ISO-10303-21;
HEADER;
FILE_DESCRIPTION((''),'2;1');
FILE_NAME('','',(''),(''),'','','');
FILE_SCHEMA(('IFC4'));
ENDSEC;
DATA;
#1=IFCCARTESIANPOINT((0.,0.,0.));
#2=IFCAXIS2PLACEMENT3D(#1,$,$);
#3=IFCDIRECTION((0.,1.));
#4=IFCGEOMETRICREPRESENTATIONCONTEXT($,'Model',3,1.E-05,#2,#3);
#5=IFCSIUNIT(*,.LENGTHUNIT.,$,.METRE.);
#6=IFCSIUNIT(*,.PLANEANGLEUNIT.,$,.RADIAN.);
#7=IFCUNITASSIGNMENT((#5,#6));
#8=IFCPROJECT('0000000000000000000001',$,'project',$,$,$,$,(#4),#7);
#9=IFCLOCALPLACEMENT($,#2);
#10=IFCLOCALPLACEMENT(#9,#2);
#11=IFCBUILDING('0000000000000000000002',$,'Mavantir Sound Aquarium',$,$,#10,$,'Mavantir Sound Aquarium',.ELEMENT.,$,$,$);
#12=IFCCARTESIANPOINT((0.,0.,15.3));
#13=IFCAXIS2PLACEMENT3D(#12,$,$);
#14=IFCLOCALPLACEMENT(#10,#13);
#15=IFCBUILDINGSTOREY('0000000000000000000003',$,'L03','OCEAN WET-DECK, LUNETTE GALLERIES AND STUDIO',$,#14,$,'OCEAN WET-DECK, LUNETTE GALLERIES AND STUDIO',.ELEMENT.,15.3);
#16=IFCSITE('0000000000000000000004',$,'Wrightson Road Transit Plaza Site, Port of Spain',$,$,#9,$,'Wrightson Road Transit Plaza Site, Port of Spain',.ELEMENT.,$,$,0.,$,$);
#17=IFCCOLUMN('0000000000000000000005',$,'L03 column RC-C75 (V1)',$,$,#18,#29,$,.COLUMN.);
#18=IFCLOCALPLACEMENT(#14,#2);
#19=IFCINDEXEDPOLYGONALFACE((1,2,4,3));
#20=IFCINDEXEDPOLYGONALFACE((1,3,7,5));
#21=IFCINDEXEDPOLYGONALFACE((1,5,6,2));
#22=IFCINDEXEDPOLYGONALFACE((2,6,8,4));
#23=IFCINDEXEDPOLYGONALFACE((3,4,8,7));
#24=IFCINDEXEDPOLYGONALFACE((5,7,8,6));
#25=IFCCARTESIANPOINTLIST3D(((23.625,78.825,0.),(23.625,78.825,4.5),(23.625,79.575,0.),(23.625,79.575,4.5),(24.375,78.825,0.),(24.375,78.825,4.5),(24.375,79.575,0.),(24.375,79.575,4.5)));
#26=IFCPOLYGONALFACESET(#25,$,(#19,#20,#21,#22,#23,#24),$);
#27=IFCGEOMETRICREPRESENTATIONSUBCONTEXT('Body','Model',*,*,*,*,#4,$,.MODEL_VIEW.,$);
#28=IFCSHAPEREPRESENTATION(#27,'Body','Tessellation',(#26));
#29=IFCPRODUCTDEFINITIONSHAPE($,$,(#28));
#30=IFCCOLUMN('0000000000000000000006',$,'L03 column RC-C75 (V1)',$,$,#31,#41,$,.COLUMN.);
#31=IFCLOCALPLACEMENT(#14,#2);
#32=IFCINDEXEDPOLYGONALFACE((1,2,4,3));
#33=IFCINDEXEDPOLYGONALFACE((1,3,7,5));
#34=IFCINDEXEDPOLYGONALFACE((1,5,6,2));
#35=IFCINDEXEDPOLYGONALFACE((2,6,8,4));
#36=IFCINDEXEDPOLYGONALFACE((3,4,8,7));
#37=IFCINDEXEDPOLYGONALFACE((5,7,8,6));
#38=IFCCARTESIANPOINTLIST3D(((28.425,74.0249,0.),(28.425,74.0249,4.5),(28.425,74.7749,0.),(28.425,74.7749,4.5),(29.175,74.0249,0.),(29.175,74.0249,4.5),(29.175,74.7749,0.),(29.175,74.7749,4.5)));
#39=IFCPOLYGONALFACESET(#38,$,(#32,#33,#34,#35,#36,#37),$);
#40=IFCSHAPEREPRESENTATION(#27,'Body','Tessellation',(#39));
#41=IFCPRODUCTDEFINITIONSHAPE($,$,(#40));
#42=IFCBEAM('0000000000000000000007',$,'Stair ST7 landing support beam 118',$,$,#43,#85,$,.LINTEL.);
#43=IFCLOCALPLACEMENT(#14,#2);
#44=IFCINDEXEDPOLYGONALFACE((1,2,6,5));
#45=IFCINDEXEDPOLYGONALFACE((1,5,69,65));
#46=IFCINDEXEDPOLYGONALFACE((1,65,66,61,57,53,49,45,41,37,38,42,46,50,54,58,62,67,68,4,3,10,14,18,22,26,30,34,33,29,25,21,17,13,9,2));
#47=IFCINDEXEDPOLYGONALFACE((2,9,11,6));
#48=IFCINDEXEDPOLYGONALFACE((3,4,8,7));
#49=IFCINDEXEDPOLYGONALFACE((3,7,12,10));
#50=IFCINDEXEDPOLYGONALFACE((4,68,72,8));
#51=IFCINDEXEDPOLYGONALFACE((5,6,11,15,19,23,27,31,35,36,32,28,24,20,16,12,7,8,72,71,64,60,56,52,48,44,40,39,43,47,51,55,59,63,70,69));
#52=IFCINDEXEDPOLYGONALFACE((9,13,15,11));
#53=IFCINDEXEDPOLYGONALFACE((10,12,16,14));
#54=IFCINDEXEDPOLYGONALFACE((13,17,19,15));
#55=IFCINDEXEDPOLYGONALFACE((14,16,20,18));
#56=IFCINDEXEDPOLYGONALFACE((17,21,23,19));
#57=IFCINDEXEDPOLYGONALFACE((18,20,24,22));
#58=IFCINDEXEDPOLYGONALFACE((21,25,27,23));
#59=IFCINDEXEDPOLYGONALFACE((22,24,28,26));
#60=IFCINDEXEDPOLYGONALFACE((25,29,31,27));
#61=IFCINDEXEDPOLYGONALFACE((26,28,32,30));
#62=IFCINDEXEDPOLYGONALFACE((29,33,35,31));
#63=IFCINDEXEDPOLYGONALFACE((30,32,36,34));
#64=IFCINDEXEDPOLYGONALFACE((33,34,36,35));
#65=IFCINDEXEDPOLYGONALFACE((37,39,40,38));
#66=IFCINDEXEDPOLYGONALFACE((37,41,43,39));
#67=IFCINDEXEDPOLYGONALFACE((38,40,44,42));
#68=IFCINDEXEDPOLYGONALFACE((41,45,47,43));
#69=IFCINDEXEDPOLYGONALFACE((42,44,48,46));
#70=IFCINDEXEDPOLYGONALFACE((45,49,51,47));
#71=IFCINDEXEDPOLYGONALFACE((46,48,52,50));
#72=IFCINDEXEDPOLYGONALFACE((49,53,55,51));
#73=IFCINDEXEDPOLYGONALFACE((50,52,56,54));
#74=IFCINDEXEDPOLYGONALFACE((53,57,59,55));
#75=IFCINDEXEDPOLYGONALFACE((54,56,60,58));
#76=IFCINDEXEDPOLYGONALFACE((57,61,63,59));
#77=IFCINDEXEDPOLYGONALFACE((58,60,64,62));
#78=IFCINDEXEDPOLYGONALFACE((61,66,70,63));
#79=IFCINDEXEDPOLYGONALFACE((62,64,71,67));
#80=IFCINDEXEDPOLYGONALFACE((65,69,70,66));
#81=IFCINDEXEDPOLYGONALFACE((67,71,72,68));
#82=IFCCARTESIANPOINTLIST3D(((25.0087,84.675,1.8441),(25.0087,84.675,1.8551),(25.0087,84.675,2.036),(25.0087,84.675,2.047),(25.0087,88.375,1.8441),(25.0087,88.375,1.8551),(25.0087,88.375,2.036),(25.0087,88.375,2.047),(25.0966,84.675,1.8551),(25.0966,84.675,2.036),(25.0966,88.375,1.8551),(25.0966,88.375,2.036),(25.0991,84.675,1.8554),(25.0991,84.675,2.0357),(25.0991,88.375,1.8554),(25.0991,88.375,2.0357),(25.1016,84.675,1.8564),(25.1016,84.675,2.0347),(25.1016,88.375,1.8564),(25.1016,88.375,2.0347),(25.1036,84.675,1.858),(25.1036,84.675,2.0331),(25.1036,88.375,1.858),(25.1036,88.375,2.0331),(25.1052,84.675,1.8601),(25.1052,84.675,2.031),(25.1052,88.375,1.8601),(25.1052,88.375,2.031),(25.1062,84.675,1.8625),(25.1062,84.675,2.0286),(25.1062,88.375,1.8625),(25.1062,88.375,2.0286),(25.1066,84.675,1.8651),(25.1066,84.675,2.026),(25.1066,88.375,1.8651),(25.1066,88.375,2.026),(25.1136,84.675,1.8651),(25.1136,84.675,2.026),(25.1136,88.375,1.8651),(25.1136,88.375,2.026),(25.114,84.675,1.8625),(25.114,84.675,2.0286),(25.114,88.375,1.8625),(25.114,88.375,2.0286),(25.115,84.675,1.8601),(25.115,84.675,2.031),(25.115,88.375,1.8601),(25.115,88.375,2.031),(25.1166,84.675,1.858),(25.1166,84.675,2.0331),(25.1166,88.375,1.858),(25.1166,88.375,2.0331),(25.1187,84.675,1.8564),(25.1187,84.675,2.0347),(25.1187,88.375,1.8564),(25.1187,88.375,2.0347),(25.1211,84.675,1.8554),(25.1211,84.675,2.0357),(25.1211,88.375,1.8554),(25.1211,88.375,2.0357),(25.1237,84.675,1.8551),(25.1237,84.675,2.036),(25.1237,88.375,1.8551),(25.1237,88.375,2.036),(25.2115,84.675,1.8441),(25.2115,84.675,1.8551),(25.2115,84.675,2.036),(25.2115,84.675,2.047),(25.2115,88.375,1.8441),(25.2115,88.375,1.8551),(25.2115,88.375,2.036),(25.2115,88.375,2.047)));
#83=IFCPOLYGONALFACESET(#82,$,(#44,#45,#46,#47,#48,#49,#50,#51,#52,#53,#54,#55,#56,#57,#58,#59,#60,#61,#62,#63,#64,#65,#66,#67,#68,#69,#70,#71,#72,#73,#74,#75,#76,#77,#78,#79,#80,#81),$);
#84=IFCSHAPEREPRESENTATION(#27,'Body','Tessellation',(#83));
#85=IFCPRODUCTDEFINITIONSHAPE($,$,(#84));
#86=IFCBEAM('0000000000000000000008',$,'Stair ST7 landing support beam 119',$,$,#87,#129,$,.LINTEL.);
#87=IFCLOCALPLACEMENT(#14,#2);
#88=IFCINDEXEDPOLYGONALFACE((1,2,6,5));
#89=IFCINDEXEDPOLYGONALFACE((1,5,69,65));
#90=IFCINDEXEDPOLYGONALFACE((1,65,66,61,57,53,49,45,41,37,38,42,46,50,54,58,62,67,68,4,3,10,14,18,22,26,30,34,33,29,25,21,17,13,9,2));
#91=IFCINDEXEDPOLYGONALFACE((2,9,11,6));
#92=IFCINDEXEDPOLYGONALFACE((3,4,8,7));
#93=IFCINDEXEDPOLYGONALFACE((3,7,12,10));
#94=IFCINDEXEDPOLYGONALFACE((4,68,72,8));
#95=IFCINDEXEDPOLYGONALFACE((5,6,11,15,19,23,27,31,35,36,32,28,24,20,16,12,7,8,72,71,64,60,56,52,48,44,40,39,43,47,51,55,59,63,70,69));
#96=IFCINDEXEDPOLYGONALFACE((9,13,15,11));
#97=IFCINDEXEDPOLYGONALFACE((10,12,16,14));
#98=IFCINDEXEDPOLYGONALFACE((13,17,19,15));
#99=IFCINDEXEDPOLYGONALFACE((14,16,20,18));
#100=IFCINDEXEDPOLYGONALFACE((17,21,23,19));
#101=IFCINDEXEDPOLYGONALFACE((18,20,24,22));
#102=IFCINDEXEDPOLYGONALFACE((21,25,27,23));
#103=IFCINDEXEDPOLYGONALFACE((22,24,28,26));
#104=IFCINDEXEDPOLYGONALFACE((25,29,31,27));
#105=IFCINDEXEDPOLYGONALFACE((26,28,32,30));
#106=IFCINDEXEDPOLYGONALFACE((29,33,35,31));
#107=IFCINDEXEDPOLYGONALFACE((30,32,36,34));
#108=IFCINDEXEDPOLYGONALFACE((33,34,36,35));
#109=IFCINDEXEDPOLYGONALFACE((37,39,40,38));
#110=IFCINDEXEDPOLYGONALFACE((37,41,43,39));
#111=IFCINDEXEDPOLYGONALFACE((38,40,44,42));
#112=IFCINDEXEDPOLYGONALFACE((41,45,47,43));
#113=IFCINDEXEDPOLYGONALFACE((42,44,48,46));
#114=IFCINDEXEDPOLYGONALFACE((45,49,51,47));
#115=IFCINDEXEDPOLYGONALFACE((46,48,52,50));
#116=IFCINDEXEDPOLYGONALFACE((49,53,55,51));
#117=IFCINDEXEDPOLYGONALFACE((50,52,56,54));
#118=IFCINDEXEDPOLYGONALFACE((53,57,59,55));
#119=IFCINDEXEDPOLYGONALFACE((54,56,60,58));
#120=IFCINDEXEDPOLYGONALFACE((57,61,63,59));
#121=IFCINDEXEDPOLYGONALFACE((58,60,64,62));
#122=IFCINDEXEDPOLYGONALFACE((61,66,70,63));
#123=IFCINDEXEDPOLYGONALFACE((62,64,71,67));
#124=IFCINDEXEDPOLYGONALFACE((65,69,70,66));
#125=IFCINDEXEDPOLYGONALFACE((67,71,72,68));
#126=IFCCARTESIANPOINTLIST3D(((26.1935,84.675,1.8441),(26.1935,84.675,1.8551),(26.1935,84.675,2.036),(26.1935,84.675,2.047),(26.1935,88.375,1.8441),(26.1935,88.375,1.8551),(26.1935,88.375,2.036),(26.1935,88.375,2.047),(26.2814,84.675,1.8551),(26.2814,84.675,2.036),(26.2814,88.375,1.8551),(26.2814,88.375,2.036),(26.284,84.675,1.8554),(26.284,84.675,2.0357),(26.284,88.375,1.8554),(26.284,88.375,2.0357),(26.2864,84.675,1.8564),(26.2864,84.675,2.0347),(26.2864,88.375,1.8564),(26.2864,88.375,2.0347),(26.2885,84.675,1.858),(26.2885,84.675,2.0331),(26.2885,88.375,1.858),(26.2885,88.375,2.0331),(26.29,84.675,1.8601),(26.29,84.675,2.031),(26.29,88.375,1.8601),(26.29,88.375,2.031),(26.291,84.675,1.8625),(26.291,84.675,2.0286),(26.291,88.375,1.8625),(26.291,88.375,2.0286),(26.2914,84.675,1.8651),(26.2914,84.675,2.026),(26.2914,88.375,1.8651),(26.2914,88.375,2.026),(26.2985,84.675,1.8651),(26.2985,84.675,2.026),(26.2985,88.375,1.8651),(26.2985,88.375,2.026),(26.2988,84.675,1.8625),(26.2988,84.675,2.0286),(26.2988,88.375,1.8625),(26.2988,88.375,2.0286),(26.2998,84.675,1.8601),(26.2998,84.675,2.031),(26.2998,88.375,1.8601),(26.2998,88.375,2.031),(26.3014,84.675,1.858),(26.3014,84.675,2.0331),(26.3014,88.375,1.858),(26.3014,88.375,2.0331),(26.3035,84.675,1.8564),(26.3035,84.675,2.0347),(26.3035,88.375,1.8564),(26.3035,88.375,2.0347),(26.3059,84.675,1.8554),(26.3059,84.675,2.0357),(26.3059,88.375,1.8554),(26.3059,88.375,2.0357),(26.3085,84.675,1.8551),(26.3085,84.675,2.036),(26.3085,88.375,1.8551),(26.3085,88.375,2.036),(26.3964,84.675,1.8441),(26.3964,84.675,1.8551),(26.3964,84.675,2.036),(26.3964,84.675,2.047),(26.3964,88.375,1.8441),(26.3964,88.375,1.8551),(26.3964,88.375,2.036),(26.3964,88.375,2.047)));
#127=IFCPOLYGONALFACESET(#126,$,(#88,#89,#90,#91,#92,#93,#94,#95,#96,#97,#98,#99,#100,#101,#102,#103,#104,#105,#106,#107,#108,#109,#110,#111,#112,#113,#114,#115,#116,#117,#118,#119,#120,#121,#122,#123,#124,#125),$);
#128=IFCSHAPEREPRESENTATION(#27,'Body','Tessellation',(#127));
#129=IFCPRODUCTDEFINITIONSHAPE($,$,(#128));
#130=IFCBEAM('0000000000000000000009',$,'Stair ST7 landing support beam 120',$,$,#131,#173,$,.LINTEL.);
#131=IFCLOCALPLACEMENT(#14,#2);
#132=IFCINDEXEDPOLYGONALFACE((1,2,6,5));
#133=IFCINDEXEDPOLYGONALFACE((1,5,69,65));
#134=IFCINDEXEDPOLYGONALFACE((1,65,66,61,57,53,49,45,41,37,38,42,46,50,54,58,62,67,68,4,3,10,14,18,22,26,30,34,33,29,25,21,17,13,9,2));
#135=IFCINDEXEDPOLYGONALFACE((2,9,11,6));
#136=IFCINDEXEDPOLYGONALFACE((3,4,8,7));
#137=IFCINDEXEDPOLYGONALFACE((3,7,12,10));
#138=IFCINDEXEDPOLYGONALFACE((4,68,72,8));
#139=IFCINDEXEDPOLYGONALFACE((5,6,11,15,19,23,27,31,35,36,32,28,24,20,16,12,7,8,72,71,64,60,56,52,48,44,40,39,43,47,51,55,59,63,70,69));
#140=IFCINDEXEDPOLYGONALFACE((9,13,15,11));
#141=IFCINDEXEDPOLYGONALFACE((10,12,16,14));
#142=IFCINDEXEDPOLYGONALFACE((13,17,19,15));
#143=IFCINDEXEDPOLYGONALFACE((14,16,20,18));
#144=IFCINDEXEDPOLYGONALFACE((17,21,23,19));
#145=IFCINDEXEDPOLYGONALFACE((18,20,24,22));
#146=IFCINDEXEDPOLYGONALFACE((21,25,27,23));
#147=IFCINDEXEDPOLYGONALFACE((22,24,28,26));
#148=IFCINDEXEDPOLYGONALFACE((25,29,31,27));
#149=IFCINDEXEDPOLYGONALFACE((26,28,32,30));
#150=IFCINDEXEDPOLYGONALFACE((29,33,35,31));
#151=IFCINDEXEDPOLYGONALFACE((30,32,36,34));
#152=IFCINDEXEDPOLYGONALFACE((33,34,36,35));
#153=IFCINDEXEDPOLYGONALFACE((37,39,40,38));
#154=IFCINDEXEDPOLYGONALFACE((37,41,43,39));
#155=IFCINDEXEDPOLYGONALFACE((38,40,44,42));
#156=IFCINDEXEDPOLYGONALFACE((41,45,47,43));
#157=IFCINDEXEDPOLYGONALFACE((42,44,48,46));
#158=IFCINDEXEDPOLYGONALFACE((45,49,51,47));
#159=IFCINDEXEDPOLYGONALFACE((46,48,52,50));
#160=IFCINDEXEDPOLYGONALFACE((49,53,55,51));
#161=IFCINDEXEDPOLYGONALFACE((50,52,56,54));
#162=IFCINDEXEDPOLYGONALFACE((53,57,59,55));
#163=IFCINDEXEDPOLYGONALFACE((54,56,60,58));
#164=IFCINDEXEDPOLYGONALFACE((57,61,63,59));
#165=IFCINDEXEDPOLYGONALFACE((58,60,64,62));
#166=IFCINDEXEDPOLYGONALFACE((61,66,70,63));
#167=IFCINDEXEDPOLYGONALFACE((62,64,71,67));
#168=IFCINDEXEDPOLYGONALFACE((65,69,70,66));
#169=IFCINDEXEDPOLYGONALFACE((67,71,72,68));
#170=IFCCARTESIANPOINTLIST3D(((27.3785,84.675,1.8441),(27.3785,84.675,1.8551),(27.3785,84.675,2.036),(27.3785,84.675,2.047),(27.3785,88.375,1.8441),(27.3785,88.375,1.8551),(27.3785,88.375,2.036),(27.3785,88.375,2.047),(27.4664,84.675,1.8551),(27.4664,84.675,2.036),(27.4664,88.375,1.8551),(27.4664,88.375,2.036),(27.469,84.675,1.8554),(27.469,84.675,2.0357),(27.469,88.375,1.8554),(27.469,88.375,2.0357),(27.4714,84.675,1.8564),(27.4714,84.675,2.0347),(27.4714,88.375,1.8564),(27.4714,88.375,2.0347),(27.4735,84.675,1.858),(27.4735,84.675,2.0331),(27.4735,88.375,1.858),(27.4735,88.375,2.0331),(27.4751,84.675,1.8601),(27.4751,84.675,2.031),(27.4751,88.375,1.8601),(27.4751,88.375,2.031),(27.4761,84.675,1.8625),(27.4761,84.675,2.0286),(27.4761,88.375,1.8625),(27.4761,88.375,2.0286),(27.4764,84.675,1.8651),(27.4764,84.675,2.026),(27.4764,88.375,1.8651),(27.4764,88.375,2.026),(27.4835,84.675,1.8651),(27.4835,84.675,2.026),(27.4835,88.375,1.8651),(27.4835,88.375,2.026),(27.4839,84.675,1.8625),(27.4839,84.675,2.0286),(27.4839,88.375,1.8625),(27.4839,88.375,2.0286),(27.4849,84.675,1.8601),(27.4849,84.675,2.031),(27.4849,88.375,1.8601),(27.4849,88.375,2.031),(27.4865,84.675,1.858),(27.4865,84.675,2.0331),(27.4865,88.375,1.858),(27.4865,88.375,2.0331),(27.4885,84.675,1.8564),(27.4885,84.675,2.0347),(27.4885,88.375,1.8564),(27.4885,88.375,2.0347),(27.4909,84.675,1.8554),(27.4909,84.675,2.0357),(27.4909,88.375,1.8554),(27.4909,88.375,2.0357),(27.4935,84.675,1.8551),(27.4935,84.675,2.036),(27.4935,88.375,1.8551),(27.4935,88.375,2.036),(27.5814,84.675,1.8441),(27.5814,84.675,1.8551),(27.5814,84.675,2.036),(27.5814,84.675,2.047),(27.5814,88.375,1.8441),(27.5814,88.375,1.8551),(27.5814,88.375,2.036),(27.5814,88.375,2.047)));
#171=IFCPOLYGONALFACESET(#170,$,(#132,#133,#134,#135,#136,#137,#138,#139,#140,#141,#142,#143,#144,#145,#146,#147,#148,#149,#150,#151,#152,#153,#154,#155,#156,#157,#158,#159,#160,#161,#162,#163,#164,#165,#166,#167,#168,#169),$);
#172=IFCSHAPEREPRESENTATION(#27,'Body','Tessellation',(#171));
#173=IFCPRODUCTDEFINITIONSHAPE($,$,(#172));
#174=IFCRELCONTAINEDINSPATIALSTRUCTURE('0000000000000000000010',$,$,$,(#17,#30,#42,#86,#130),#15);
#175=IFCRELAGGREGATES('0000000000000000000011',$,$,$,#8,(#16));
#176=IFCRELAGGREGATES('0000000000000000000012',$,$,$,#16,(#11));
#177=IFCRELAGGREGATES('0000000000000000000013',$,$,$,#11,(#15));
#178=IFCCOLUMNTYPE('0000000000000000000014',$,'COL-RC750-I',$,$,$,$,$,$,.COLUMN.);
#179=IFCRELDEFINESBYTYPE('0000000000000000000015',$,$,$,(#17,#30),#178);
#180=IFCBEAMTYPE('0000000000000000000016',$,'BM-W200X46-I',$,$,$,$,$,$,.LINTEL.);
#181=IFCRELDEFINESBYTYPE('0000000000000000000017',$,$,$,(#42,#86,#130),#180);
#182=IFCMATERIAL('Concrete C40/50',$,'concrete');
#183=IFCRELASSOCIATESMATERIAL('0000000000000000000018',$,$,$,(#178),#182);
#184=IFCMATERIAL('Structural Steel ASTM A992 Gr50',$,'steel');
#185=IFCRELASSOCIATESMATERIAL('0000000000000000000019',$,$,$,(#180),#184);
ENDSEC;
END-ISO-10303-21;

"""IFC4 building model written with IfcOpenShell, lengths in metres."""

from ifc_helpers import new_model, si_unit, direction, frame, origin, origin_2d, place, context, subcontext, project, spatial, rectangle, i_section, extrude, material, material_profile, profile_set, type_object, element, save


model = new_model("IFC4")

# Units and contexts
model_context = context("Model", 3, precision=1e-05, world=origin(), true_north=direction((0.0, 1.0)))
body_context = subcontext(model_context, "Body", "Model", "MODEL_VIEW")
ifc_project = project(units=[si_unit("LENGTHUNIT", "METRE"), si_unit("PLANEANGLEUNIT", "RADIAN")], contexts=[model_context])

# Site, building, storey
site_placement = place(None, origin())
site = spatial("IfcSite", under=ifc_project, at=site_placement, Name="Wrightson Road Transit Plaza Site, Port of Spain", LongName="Wrightson Road Transit Plaza Site, Port of Spain", CompositionType="ELEMENT", RefElevation=0.0)
building_placement = place(site_placement, origin())
building = spatial("IfcBuilding", under=site, at=building_placement, Name="Mavantir Sound Aquarium", LongName="Mavantir Sound Aquarium", CompositionType="ELEMENT")
storey_placement = place(building_placement, frame((0.0, 0.0, 15.3)))
storey = spatial("IfcBuildingStorey", under=building, at=storey_placement, Name="L03", Description="OCEAN WET-DECK, LUNETTE GALLERIES AND STUDIO", LongName="OCEAN WET-DECK, LUNETTE GALLERIES AND STUDIO", CompositionType="ELEMENT", Elevation=15.3)

# Columns
ifc_material_1 = material(Name="Concrete C40/50", Category="concrete")
ifc_material_profile_1 = material_profile(ifc_material_1, rectangle(XDim=0.75, YDim=0.75, at=origin_2d()), Name="RC 750X750")
ifc_profile_set_1 = profile_set([ifc_material_profile_1], Name="Concrete C40/50")
column_type = type_object("IfcColumnType", Name="COL-RC750-I", PredefinedType="COLUMN", material=ifc_profile_set_1)
for number, where, z_axis, x_axis, name in (
    (1, (24.0, 79.2, 0.0), (0.0, 0.0, 1.0), (1.0, 0.0, 0.0), "L03 column RC-C75 (V1)"),
    (2, (28.8, 74.3999, 0.0), (0.0, 0.0, 1.0), (1.0, 0.0, 0.0), "L03 column RC-C75 (V1)"),
):
    element("IfcColumn", number, at=place(storey_placement, frame(where, z_axis=z_axis, x_axis=x_axis)), inside=storey, type_object=column_type, Name=name, PredefinedType="COLUMN", context=body_context, shape_type="SweptSolid", body=[
        extrude(rectangle(XDim=0.75, YDim=0.75, at=origin_2d()), origin(), (0.0, 0.0, 1.0), 4.5),
    ])

# Beams
ifc_material_2 = material(Name="Structural Steel ASTM A992 Gr50", Category="steel")
ifc_material_profile_2 = material_profile(ifc_material_2, i_section(OverallWidth=0.2029, OverallDepth=0.2029, WebThickness=0.0071, FlangeThickness=0.011, FilletRadius=0.01, at=origin_2d()), Name="W200X46")
ifc_profile_set_2 = profile_set([ifc_material_profile_2], Name="Structural Steel ASTM A992 Gr50")
beam_type_1 = type_object("IfcBeamType", Name="BM-W200X46-I", PredefinedType="LINTEL", material=ifc_profile_set_2)
for number, where, z_axis, x_axis, name in (
    (3, (25.1101, 84.675, 1.9456), (0.0, 1.0, 0.0), (-1.0, 0.0, 0.0), "Stair ST7 landing support beam 118"),
    (4, (26.2949, 84.675, 1.9456), (0.0, 1.0, 0.0), (-1.0, 0.0, 0.0), "Stair ST7 landing support beam 119"),
    (5, (27.48, 84.675, 1.9456), (0.0, 1.0, 0.0), (-1.0, 0.0, 0.0), "Stair ST7 landing support beam 120"),
):
    element("IfcBeam", number, at=place(storey_placement, frame(where, z_axis=z_axis, x_axis=x_axis)), inside=storey, type_object=beam_type_1, Name=name, PredefinedType="LINTEL", context=body_context, shape_type="SweptSolid", body=[
        extrude(i_section(OverallWidth=0.2029, OverallDepth=0.2029, WebThickness=0.0071, FlangeThickness=0.011, FilletRadius=0.01, at=origin_2d()), origin(), (0.0, 0.0, 1.0), 3.7),
    ])

save(model, "model.ifc")
